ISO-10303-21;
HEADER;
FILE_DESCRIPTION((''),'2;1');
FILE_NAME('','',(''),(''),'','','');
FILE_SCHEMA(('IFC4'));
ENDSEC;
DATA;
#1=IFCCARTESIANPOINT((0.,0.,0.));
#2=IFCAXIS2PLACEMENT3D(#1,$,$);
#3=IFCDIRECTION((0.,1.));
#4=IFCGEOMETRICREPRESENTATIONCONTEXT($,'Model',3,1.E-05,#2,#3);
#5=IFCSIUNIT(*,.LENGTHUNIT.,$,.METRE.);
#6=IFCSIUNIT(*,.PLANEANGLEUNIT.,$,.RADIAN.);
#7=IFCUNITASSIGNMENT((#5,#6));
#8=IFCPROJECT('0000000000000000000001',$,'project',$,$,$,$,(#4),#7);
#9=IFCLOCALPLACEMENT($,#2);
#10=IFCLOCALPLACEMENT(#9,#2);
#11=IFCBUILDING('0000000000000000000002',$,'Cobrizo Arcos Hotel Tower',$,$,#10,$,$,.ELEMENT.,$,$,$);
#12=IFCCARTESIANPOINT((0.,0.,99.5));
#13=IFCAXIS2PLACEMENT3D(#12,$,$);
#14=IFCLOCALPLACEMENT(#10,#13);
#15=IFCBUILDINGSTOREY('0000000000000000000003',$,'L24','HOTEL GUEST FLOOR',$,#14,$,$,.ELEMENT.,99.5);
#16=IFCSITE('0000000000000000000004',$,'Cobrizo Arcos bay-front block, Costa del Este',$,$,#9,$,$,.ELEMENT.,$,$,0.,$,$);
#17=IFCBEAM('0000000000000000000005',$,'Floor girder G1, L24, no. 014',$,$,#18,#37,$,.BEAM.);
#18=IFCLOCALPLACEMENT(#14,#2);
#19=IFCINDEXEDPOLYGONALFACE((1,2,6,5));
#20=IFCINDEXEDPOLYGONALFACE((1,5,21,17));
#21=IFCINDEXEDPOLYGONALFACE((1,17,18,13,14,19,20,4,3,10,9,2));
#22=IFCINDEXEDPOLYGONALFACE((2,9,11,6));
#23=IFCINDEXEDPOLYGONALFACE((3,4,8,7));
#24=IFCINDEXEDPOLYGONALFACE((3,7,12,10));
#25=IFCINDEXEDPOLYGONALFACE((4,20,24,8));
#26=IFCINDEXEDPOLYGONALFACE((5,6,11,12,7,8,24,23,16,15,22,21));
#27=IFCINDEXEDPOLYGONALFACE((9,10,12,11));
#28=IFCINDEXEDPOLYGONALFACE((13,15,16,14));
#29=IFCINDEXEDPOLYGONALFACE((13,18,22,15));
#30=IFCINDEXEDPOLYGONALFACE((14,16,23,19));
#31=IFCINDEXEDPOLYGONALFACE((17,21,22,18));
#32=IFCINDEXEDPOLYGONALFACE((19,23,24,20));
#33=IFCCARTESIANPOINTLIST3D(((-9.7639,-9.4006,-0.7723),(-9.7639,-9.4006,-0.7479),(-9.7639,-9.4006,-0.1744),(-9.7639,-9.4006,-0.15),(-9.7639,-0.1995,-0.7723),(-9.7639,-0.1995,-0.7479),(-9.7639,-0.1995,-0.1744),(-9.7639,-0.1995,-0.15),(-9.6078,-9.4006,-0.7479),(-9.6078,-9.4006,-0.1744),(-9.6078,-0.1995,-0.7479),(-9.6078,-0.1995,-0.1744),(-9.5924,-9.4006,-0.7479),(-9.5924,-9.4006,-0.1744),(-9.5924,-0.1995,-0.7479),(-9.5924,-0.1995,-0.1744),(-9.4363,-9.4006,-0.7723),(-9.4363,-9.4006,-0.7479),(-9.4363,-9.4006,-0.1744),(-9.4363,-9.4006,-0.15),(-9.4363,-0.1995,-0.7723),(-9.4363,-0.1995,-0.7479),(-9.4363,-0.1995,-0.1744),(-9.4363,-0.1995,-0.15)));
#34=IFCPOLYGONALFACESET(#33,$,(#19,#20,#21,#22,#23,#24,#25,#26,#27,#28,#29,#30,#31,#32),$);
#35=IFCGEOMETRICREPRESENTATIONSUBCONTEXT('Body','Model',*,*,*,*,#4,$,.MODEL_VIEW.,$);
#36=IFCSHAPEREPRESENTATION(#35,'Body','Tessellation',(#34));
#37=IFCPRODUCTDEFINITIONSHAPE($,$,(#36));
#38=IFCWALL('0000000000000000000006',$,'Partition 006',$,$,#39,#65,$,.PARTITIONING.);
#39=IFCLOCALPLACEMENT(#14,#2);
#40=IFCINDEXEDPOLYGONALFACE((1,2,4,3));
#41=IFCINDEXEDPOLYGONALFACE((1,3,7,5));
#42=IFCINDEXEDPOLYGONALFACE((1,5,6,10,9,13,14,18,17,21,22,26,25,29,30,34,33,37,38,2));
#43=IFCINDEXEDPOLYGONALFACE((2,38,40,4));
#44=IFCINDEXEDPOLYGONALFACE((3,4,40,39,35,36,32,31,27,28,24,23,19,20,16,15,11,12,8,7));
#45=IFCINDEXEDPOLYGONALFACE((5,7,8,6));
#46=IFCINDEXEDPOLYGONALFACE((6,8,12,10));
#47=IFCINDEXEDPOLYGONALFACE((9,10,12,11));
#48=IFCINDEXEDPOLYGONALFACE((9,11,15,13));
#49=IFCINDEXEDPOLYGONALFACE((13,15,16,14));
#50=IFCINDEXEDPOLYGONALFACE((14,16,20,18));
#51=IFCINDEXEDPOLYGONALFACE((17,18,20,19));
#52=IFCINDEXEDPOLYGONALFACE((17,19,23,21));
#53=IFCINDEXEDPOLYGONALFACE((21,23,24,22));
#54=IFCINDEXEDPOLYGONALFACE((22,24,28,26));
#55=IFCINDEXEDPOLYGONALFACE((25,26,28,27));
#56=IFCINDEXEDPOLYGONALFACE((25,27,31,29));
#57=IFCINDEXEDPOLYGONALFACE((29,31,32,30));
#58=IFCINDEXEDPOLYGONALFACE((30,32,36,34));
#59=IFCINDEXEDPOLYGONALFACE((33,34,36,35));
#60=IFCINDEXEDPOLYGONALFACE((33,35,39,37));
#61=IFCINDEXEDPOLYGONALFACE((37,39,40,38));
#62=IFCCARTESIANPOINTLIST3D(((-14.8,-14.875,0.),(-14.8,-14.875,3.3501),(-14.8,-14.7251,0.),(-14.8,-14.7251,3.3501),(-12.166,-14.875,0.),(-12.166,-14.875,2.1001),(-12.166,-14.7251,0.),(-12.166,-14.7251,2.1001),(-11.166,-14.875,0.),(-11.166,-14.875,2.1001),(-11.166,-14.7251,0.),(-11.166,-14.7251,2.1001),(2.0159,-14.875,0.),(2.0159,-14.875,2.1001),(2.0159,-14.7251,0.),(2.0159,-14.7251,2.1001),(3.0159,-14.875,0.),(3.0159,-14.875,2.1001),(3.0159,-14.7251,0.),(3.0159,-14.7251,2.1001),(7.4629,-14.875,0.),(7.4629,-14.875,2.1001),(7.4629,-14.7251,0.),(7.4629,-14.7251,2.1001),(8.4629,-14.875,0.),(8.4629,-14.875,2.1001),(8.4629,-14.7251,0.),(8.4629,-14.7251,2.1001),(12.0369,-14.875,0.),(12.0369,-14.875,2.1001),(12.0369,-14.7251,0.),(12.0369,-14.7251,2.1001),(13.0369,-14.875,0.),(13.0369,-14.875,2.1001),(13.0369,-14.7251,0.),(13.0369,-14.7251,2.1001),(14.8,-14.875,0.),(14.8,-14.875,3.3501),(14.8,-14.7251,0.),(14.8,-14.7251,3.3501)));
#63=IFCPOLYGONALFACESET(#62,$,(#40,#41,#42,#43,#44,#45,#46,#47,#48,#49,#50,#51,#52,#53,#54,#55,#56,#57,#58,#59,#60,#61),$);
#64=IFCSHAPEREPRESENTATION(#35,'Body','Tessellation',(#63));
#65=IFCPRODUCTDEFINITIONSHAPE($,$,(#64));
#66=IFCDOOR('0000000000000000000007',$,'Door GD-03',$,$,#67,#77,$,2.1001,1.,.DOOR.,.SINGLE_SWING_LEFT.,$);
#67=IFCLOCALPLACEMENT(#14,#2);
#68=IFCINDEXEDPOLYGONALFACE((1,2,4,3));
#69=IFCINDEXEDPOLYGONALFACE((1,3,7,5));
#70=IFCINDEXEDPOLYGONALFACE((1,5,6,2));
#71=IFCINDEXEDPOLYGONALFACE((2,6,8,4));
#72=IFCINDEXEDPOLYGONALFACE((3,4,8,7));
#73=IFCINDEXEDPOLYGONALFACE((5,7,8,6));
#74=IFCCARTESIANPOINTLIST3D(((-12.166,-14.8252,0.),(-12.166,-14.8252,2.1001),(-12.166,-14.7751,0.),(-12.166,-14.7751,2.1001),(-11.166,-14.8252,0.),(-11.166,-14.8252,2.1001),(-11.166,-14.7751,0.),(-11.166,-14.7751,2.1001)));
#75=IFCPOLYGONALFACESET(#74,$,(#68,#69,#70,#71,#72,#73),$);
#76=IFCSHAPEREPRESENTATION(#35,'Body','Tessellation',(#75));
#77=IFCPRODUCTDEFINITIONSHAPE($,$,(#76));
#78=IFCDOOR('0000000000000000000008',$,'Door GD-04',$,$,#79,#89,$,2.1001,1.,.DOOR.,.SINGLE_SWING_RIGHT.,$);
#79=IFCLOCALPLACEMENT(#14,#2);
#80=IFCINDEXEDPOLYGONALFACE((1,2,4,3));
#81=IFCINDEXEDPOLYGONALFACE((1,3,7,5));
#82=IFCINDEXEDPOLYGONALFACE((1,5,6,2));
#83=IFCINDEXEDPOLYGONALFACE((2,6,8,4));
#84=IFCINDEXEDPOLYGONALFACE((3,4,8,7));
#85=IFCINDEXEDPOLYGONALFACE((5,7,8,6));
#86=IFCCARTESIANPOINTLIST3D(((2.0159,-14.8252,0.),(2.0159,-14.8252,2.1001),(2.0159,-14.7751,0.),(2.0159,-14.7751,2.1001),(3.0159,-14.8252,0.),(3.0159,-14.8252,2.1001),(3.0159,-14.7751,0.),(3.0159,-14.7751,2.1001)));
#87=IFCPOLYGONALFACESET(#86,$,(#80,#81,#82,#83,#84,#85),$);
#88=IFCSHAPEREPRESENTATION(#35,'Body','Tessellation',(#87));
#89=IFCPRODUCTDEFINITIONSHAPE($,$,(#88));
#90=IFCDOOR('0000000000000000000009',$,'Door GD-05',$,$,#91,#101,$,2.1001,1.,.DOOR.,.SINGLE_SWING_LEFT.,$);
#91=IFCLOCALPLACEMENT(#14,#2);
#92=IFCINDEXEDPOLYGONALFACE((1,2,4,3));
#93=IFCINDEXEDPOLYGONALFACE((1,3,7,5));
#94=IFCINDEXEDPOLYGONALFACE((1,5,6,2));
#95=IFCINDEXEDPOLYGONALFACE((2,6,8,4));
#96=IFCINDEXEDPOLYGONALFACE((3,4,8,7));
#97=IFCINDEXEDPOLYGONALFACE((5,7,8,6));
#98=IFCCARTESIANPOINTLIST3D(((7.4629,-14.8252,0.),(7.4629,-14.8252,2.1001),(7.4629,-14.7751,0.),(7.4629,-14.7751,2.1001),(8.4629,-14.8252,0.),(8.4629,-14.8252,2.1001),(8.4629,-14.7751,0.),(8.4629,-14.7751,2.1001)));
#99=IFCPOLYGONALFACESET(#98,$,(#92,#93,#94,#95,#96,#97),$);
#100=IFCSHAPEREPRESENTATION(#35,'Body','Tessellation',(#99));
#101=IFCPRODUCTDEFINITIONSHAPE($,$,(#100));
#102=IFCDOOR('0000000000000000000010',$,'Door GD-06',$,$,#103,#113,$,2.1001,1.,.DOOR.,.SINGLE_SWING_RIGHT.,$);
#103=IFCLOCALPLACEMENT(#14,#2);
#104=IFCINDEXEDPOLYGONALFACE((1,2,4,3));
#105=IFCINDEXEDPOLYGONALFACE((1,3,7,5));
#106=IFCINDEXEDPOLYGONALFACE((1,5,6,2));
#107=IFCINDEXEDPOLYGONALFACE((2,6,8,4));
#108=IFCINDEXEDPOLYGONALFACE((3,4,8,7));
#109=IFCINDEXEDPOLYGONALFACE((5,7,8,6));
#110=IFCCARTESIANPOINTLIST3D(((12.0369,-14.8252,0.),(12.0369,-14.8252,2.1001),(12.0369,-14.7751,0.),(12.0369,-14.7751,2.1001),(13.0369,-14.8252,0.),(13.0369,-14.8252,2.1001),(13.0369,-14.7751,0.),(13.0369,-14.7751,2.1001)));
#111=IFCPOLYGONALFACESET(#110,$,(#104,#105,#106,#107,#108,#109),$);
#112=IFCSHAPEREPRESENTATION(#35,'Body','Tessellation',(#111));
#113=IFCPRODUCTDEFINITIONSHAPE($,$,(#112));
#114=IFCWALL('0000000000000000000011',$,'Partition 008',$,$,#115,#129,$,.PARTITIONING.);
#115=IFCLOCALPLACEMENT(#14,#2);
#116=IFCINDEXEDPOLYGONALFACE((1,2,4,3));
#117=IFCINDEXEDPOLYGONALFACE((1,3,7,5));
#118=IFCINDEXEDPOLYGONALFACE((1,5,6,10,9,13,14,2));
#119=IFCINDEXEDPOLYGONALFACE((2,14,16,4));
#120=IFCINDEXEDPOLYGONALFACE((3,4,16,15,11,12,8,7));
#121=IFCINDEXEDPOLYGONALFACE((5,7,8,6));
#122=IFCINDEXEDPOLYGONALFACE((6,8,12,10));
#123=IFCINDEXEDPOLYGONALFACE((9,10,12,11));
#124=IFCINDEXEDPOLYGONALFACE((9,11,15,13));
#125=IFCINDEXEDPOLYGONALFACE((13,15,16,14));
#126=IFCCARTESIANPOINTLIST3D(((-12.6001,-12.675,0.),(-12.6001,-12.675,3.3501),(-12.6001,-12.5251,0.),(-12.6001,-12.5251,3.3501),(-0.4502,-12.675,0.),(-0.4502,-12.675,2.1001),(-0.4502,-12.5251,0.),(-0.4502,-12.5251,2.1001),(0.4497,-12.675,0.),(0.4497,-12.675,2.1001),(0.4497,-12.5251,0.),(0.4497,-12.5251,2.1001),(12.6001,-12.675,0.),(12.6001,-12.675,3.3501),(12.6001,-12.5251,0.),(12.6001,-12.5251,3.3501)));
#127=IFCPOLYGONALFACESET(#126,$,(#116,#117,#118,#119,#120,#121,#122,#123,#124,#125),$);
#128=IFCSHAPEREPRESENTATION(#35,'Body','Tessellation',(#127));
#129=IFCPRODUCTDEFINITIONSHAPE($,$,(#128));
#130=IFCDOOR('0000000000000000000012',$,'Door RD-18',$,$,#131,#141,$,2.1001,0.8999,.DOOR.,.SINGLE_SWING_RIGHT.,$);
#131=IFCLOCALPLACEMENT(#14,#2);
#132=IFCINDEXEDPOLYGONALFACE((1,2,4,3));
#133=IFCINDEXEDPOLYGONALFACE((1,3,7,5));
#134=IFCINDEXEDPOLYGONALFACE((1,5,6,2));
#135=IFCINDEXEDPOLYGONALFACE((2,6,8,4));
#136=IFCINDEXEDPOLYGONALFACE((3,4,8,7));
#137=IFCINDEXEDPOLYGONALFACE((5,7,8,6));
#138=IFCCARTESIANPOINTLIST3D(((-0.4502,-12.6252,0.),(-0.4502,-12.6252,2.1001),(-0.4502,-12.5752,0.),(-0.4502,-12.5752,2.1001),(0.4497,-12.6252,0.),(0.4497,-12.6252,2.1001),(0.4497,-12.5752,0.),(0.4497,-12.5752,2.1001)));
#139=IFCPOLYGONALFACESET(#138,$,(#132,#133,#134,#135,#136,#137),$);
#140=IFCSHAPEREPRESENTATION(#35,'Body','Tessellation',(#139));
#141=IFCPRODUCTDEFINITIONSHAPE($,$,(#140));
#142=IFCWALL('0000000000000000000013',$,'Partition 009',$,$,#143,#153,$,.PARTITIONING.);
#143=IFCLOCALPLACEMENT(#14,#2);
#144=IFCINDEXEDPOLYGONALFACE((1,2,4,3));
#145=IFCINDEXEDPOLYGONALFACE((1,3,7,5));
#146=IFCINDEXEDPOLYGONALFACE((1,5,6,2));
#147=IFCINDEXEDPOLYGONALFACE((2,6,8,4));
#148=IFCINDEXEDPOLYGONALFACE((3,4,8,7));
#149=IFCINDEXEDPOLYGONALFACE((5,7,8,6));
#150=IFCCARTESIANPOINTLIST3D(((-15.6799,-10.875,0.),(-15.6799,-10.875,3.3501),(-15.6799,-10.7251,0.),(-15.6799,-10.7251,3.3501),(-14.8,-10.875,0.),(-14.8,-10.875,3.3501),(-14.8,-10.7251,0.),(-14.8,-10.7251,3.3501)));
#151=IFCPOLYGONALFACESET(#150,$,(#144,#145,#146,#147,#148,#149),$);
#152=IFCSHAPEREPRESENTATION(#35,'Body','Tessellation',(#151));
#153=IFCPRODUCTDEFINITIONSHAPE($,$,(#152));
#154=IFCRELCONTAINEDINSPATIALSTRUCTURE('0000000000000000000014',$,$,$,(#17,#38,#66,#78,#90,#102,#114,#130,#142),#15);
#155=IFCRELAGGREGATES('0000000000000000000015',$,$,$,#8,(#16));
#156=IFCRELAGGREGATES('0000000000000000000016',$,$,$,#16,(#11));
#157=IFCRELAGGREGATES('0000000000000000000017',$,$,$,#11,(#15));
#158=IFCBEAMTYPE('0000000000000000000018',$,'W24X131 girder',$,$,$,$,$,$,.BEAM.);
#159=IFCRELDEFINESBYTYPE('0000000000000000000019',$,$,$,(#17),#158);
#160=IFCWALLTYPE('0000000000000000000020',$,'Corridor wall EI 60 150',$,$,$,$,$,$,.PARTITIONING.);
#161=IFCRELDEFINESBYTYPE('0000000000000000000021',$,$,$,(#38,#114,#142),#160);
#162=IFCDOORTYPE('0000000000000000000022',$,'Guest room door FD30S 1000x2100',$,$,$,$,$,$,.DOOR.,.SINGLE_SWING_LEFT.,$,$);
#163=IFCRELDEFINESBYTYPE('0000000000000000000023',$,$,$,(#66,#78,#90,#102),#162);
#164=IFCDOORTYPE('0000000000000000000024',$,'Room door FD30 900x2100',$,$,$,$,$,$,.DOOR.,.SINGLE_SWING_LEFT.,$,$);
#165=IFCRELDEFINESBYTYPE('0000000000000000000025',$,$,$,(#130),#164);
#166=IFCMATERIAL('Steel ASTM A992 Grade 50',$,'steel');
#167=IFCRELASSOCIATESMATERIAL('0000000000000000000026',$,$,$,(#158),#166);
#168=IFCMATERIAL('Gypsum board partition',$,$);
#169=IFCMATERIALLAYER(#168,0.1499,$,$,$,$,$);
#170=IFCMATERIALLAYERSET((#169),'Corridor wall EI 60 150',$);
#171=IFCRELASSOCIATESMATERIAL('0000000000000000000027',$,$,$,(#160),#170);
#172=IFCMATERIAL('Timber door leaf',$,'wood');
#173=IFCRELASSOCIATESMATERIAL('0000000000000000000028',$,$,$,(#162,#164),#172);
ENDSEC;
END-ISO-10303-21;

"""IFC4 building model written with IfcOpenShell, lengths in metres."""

from ifc_helpers import new_model, si_unit, direction, frame, frame_2d, origin, origin_2d, place, context, subcontext, project, spatial, rectangle, i_section, extrude, material, layer, layer_set, material_profile, profile_set, type_object, element, fill, save


model = new_model("IFC4")

# Units and contexts
model_context = context("Model", 3, precision=1e-05, world=origin(), true_north=direction((0.0, 1.0)))
body_context = subcontext(model_context, "Body", "Model", "MODEL_VIEW")
ifc_project = project(units=[si_unit("LENGTHUNIT", "METRE"), si_unit("PLANEANGLEUNIT", "RADIAN")], contexts=[model_context])

# Site, building, storey
site_placement = place(None, origin())
site = spatial("IfcSite", under=ifc_project, at=site_placement, Name="Cobrizo Arcos bay-front block, Costa del Este", CompositionType="ELEMENT", RefElevation=0.0)
building_placement = place(site_placement, origin())
building = spatial("IfcBuilding", under=site, at=building_placement, Name="Cobrizo Arcos Hotel Tower", CompositionType="ELEMENT")
storey_placement = place(building_placement, frame((0.0, 0.0, 99.5)))
storey = spatial("IfcBuildingStorey", under=building, at=storey_placement, Name="L24", Description="HOTEL GUEST FLOOR", CompositionType="ELEMENT", Elevation=99.5)

# Shared definitions
ifc_material_1 = material(Name="Steel ASTM A992 Grade 50", Category="steel")

# Beam
ifc_material_profile_1 = material_profile(ifc_material_1, i_section(OverallWidth=0.3276, OverallDepth=0.6223, WebThickness=0.0154, FlangeThickness=0.0244, at=origin_2d()), Name="W24X131")
ifc_profile_set_1 = profile_set([ifc_material_profile_1], Name="Steel ASTM A992 Grade 50")
beam_type_1 = type_object("IfcBeamType", Name="W24X131 girder", PredefinedType="BEAM", material=ifc_profile_set_1)
beam_1_placement = place(storey_placement, frame((-9.6001, -9.4006, -0.4612), z_axis=(0.0, 1.0, 0.0), x_axis=(-1.0, 0.0, 0.0)))
element("IfcBeam", 1, at=beam_1_placement, inside=storey, type_object=beam_type_1, Name="Floor girder G1, L24, no. 014", PredefinedType="BEAM", context=body_context, shape_type="SweptSolid", body=[
    extrude(i_section(OverallWidth=0.3276, OverallDepth=0.6223, WebThickness=0.0154, FlangeThickness=0.0244, at=origin_2d()), origin(), (0.0, 0.0, 1.0), 9.2012),
])

# Wall, openings, doors
ifc_material_2 = material(Name="Gypsum board partition")
ifc_layer_1 = layer(ifc_material_2, 0.1499)
ifc_layer_set_1 = layer_set([ifc_layer_1], Name="Corridor wall EI 60 150")
wall_type_1 = type_object("IfcWallType", Name="Corridor wall EI 60 150", PredefinedType="PARTITIONING", material=ifc_layer_set_1)
wall_1_placement = place(storey_placement, frame((-14.8, -14.8, 0.0), z_axis=(0.0, 0.0, 1.0), x_axis=(1.0, 0.0, 0.0)))
wall_1 = element("IfcWall", 2, at=wall_1_placement, inside=storey, type_object=wall_type_1, Name="Partition 006", PredefinedType="PARTITIONING", context=body_context, shape_type="SweptSolid", body=[
    extrude(rectangle(XDim=29.6001, YDim=0.1499, at=frame_2d((14.8, 0.0))), origin(), (0.0, 0.0, 1.0), 3.3501),
])
opening_1_placement = place(wall_1_placement, frame((2.634, 0.0, 0.0)))
opening_1 = element("IfcOpeningElement", 3, at=opening_1_placement, cuts=wall_1, PredefinedType="OPENING", context=body_context, shape_type="SweptSolid", body=[
    extrude(rectangle(XDim=1.0, YDim=2.1001, at=frame_2d((0.5, 1.05))), frame((0.0, 0.0869, 0.0), z_axis=(0.0, -1.0, 0.0), x_axis=(1.0, 0.0, 0.0)), (0.0, 0.0, 1.0), 0.1738),
])
opening_2_placement = place(wall_1_placement, frame((16.8159, 0.0, 0.0)))
opening_2 = element("IfcOpeningElement", 4, at=opening_2_placement, cuts=wall_1, PredefinedType="OPENING", context=body_context, shape_type="SweptSolid", body=[
    extrude(rectangle(XDim=1.0, YDim=2.1001, at=frame_2d((0.5, 1.05))), frame((0.0, 0.0869, 0.0), z_axis=(0.0, -1.0, 0.0), x_axis=(1.0, 0.0, 0.0)), (0.0, 0.0, 1.0), 0.1738),
])
opening_3_placement = place(wall_1_placement, frame((22.2629, 0.0, 0.0)))
opening_3 = element("IfcOpeningElement", 5, at=opening_3_placement, cuts=wall_1, PredefinedType="OPENING", context=body_context, shape_type="SweptSolid", body=[
    extrude(rectangle(XDim=1.0, YDim=2.1001, at=frame_2d((0.5, 1.05))), frame((0.0, 0.0869, 0.0), z_axis=(0.0, -1.0, 0.0), x_axis=(1.0, 0.0, 0.0)), (0.0, 0.0, 1.0), 0.1738),
])
opening_4_placement = place(wall_1_placement, frame((26.8369, 0.0, 0.0)))
opening_4 = element("IfcOpeningElement", 6, at=opening_4_placement, cuts=wall_1, PredefinedType="OPENING", context=body_context, shape_type="SweptSolid", body=[
    extrude(rectangle(XDim=1.0, YDim=2.1001, at=frame_2d((0.5, 1.05))), frame((0.0, 0.0869, 0.0), z_axis=(0.0, -1.0, 0.0), x_axis=(1.0, 0.0, 0.0)), (0.0, 0.0, 1.0), 0.1738),
])
ifc_material_3 = material(Name="Timber door leaf", Category="wood")
door_type_1 = type_object("IfcDoorType", Name="Guest room door FD30S 1000x2100", OperationType="SINGLE_SWING_LEFT", PredefinedType="DOOR", material=ifc_material_3)
door_1_placement = place(opening_1_placement, origin())
door_1 = element("IfcDoor", 7, at=door_1_placement, inside=storey, type_object=door_type_1, Name="Door GD-03", OperationType="SINGLE_SWING_LEFT", OverallHeight=2.1001, OverallWidth=1.0, PredefinedType="DOOR", context=body_context, shape_type="SweptSolid", body=[
    extrude(rectangle(XDim=1.0, YDim=2.1001, at=frame_2d((0.5, 1.05))), frame((0.0, 0.0249, 0.0), z_axis=(0.0, -1.0, 0.0), x_axis=(1.0, 0.0, 0.0)), (0.0, 0.0, 1.0), 0.05),
])
fill(opening_1, door_1)
door_2_placement = place(opening_2_placement, origin())
door_2 = element("IfcDoor", 8, at=door_2_placement, inside=storey, type_object=door_type_1, Name="Door GD-04", OperationType="SINGLE_SWING_RIGHT", OverallHeight=2.1001, OverallWidth=1.0, PredefinedType="DOOR", context=body_context, shape_type="SweptSolid", body=[
    extrude(rectangle(XDim=1.0, YDim=2.1001, at=frame_2d((0.5, 1.05))), frame((0.0, 0.0249, 0.0), z_axis=(0.0, -1.0, 0.0), x_axis=(1.0, 0.0, 0.0)), (0.0, 0.0, 1.0), 0.05),
])
fill(opening_2, door_2)
door_3_placement = place(opening_3_placement, origin())
door_3 = element("IfcDoor", 9, at=door_3_placement, inside=storey, type_object=door_type_1, Name="Door GD-05", OperationType="SINGLE_SWING_LEFT", OverallHeight=2.1001, OverallWidth=1.0, PredefinedType="DOOR", context=body_context, shape_type="SweptSolid", body=[
    extrude(rectangle(XDim=1.0, YDim=2.1001, at=frame_2d((0.5, 1.05))), frame((0.0, 0.0249, 0.0), z_axis=(0.0, -1.0, 0.0), x_axis=(1.0, 0.0, 0.0)), (0.0, 0.0, 1.0), 0.05),
])
fill(opening_3, door_3)
door_4_placement = place(opening_4_placement, origin())
door_4 = element("IfcDoor", 10, at=door_4_placement, inside=storey, type_object=door_type_1, Name="Door GD-06", OperationType="SINGLE_SWING_RIGHT", OverallHeight=2.1001, OverallWidth=1.0, PredefinedType="DOOR", context=body_context, shape_type="SweptSolid", body=[
    extrude(rectangle(XDim=1.0, YDim=2.1001, at=frame_2d((0.5, 1.05))), frame((0.0, 0.0249, 0.0), z_axis=(0.0, -1.0, 0.0), x_axis=(1.0, 0.0, 0.0)), (0.0, 0.0, 1.0), 0.05),
])
fill(opening_4, door_4)

# Wall, opening, door
wall_2_placement = place(storey_placement, frame((-12.6001, -12.6001, 0.0), z_axis=(0.0, 0.0, 1.0), x_axis=(1.0, 0.0, 0.0)))
wall_2 = element("IfcWall", 11, at=wall_2_placement, inside=storey, type_object=wall_type_1, Name="Partition 008", PredefinedType="PARTITIONING", context=body_context, shape_type="SweptSolid", body=[
    extrude(rectangle(XDim=25.2002, YDim=0.1499, at=frame_2d((12.6001, 0.0))), origin(), (0.0, 0.0, 1.0), 3.3501),
])
opening_5_placement = place(wall_2_placement, frame((12.1499, 0.0, 0.0)))
opening_5 = element("IfcOpeningElement", 12, at=opening_5_placement, cuts=wall_2, PredefinedType="OPENING", context=body_context, shape_type="SweptSolid", body=[
    extrude(rectangle(XDim=0.8999, YDim=2.1001, at=frame_2d((0.45, 1.05))), frame((0.0, 0.0869, 0.0), z_axis=(0.0, -1.0, 0.0), x_axis=(1.0, 0.0, 0.0)), (0.0, 0.0, 1.0), 0.1738),
])
door_type_2 = type_object("IfcDoorType", Name="Room door FD30 900x2100", OperationType="SINGLE_SWING_LEFT", PredefinedType="DOOR", material=ifc_material_3)
door_5_placement = place(opening_5_placement, origin())
door_5 = element("IfcDoor", 13, at=door_5_placement, inside=storey, type_object=door_type_2, Name="Door RD-18", OperationType="SINGLE_SWING_RIGHT", OverallHeight=2.1001, OverallWidth=0.8999, PredefinedType="DOOR", context=body_context, shape_type="SweptSolid", body=[
    extrude(rectangle(XDim=0.8999, YDim=2.1001, at=frame_2d((0.45, 1.05))), frame((0.0, 0.0249, 0.0), z_axis=(0.0, -1.0, 0.0), x_axis=(1.0, 0.0, 0.0)), (0.0, 0.0, 1.0), 0.05),
])
fill(opening_5, door_5)

# Wall
wall_3_placement = place(storey_placement, frame((-15.6799, -10.8, 0.0), z_axis=(0.0, 0.0, 1.0), x_axis=(1.0, 0.0, 0.0)))
element("IfcWall", 14, at=wall_3_placement, inside=storey, type_object=wall_type_1, Name="Partition 009", PredefinedType="PARTITIONING", context=body_context, shape_type="SweptSolid", body=[
    extrude(rectangle(XDim=0.8799, YDim=0.1499, at=frame_2d((0.4399, 0.0))), origin(), (0.0, 0.0, 1.0), 3.3501),
])

save(model, "model.ifc")
